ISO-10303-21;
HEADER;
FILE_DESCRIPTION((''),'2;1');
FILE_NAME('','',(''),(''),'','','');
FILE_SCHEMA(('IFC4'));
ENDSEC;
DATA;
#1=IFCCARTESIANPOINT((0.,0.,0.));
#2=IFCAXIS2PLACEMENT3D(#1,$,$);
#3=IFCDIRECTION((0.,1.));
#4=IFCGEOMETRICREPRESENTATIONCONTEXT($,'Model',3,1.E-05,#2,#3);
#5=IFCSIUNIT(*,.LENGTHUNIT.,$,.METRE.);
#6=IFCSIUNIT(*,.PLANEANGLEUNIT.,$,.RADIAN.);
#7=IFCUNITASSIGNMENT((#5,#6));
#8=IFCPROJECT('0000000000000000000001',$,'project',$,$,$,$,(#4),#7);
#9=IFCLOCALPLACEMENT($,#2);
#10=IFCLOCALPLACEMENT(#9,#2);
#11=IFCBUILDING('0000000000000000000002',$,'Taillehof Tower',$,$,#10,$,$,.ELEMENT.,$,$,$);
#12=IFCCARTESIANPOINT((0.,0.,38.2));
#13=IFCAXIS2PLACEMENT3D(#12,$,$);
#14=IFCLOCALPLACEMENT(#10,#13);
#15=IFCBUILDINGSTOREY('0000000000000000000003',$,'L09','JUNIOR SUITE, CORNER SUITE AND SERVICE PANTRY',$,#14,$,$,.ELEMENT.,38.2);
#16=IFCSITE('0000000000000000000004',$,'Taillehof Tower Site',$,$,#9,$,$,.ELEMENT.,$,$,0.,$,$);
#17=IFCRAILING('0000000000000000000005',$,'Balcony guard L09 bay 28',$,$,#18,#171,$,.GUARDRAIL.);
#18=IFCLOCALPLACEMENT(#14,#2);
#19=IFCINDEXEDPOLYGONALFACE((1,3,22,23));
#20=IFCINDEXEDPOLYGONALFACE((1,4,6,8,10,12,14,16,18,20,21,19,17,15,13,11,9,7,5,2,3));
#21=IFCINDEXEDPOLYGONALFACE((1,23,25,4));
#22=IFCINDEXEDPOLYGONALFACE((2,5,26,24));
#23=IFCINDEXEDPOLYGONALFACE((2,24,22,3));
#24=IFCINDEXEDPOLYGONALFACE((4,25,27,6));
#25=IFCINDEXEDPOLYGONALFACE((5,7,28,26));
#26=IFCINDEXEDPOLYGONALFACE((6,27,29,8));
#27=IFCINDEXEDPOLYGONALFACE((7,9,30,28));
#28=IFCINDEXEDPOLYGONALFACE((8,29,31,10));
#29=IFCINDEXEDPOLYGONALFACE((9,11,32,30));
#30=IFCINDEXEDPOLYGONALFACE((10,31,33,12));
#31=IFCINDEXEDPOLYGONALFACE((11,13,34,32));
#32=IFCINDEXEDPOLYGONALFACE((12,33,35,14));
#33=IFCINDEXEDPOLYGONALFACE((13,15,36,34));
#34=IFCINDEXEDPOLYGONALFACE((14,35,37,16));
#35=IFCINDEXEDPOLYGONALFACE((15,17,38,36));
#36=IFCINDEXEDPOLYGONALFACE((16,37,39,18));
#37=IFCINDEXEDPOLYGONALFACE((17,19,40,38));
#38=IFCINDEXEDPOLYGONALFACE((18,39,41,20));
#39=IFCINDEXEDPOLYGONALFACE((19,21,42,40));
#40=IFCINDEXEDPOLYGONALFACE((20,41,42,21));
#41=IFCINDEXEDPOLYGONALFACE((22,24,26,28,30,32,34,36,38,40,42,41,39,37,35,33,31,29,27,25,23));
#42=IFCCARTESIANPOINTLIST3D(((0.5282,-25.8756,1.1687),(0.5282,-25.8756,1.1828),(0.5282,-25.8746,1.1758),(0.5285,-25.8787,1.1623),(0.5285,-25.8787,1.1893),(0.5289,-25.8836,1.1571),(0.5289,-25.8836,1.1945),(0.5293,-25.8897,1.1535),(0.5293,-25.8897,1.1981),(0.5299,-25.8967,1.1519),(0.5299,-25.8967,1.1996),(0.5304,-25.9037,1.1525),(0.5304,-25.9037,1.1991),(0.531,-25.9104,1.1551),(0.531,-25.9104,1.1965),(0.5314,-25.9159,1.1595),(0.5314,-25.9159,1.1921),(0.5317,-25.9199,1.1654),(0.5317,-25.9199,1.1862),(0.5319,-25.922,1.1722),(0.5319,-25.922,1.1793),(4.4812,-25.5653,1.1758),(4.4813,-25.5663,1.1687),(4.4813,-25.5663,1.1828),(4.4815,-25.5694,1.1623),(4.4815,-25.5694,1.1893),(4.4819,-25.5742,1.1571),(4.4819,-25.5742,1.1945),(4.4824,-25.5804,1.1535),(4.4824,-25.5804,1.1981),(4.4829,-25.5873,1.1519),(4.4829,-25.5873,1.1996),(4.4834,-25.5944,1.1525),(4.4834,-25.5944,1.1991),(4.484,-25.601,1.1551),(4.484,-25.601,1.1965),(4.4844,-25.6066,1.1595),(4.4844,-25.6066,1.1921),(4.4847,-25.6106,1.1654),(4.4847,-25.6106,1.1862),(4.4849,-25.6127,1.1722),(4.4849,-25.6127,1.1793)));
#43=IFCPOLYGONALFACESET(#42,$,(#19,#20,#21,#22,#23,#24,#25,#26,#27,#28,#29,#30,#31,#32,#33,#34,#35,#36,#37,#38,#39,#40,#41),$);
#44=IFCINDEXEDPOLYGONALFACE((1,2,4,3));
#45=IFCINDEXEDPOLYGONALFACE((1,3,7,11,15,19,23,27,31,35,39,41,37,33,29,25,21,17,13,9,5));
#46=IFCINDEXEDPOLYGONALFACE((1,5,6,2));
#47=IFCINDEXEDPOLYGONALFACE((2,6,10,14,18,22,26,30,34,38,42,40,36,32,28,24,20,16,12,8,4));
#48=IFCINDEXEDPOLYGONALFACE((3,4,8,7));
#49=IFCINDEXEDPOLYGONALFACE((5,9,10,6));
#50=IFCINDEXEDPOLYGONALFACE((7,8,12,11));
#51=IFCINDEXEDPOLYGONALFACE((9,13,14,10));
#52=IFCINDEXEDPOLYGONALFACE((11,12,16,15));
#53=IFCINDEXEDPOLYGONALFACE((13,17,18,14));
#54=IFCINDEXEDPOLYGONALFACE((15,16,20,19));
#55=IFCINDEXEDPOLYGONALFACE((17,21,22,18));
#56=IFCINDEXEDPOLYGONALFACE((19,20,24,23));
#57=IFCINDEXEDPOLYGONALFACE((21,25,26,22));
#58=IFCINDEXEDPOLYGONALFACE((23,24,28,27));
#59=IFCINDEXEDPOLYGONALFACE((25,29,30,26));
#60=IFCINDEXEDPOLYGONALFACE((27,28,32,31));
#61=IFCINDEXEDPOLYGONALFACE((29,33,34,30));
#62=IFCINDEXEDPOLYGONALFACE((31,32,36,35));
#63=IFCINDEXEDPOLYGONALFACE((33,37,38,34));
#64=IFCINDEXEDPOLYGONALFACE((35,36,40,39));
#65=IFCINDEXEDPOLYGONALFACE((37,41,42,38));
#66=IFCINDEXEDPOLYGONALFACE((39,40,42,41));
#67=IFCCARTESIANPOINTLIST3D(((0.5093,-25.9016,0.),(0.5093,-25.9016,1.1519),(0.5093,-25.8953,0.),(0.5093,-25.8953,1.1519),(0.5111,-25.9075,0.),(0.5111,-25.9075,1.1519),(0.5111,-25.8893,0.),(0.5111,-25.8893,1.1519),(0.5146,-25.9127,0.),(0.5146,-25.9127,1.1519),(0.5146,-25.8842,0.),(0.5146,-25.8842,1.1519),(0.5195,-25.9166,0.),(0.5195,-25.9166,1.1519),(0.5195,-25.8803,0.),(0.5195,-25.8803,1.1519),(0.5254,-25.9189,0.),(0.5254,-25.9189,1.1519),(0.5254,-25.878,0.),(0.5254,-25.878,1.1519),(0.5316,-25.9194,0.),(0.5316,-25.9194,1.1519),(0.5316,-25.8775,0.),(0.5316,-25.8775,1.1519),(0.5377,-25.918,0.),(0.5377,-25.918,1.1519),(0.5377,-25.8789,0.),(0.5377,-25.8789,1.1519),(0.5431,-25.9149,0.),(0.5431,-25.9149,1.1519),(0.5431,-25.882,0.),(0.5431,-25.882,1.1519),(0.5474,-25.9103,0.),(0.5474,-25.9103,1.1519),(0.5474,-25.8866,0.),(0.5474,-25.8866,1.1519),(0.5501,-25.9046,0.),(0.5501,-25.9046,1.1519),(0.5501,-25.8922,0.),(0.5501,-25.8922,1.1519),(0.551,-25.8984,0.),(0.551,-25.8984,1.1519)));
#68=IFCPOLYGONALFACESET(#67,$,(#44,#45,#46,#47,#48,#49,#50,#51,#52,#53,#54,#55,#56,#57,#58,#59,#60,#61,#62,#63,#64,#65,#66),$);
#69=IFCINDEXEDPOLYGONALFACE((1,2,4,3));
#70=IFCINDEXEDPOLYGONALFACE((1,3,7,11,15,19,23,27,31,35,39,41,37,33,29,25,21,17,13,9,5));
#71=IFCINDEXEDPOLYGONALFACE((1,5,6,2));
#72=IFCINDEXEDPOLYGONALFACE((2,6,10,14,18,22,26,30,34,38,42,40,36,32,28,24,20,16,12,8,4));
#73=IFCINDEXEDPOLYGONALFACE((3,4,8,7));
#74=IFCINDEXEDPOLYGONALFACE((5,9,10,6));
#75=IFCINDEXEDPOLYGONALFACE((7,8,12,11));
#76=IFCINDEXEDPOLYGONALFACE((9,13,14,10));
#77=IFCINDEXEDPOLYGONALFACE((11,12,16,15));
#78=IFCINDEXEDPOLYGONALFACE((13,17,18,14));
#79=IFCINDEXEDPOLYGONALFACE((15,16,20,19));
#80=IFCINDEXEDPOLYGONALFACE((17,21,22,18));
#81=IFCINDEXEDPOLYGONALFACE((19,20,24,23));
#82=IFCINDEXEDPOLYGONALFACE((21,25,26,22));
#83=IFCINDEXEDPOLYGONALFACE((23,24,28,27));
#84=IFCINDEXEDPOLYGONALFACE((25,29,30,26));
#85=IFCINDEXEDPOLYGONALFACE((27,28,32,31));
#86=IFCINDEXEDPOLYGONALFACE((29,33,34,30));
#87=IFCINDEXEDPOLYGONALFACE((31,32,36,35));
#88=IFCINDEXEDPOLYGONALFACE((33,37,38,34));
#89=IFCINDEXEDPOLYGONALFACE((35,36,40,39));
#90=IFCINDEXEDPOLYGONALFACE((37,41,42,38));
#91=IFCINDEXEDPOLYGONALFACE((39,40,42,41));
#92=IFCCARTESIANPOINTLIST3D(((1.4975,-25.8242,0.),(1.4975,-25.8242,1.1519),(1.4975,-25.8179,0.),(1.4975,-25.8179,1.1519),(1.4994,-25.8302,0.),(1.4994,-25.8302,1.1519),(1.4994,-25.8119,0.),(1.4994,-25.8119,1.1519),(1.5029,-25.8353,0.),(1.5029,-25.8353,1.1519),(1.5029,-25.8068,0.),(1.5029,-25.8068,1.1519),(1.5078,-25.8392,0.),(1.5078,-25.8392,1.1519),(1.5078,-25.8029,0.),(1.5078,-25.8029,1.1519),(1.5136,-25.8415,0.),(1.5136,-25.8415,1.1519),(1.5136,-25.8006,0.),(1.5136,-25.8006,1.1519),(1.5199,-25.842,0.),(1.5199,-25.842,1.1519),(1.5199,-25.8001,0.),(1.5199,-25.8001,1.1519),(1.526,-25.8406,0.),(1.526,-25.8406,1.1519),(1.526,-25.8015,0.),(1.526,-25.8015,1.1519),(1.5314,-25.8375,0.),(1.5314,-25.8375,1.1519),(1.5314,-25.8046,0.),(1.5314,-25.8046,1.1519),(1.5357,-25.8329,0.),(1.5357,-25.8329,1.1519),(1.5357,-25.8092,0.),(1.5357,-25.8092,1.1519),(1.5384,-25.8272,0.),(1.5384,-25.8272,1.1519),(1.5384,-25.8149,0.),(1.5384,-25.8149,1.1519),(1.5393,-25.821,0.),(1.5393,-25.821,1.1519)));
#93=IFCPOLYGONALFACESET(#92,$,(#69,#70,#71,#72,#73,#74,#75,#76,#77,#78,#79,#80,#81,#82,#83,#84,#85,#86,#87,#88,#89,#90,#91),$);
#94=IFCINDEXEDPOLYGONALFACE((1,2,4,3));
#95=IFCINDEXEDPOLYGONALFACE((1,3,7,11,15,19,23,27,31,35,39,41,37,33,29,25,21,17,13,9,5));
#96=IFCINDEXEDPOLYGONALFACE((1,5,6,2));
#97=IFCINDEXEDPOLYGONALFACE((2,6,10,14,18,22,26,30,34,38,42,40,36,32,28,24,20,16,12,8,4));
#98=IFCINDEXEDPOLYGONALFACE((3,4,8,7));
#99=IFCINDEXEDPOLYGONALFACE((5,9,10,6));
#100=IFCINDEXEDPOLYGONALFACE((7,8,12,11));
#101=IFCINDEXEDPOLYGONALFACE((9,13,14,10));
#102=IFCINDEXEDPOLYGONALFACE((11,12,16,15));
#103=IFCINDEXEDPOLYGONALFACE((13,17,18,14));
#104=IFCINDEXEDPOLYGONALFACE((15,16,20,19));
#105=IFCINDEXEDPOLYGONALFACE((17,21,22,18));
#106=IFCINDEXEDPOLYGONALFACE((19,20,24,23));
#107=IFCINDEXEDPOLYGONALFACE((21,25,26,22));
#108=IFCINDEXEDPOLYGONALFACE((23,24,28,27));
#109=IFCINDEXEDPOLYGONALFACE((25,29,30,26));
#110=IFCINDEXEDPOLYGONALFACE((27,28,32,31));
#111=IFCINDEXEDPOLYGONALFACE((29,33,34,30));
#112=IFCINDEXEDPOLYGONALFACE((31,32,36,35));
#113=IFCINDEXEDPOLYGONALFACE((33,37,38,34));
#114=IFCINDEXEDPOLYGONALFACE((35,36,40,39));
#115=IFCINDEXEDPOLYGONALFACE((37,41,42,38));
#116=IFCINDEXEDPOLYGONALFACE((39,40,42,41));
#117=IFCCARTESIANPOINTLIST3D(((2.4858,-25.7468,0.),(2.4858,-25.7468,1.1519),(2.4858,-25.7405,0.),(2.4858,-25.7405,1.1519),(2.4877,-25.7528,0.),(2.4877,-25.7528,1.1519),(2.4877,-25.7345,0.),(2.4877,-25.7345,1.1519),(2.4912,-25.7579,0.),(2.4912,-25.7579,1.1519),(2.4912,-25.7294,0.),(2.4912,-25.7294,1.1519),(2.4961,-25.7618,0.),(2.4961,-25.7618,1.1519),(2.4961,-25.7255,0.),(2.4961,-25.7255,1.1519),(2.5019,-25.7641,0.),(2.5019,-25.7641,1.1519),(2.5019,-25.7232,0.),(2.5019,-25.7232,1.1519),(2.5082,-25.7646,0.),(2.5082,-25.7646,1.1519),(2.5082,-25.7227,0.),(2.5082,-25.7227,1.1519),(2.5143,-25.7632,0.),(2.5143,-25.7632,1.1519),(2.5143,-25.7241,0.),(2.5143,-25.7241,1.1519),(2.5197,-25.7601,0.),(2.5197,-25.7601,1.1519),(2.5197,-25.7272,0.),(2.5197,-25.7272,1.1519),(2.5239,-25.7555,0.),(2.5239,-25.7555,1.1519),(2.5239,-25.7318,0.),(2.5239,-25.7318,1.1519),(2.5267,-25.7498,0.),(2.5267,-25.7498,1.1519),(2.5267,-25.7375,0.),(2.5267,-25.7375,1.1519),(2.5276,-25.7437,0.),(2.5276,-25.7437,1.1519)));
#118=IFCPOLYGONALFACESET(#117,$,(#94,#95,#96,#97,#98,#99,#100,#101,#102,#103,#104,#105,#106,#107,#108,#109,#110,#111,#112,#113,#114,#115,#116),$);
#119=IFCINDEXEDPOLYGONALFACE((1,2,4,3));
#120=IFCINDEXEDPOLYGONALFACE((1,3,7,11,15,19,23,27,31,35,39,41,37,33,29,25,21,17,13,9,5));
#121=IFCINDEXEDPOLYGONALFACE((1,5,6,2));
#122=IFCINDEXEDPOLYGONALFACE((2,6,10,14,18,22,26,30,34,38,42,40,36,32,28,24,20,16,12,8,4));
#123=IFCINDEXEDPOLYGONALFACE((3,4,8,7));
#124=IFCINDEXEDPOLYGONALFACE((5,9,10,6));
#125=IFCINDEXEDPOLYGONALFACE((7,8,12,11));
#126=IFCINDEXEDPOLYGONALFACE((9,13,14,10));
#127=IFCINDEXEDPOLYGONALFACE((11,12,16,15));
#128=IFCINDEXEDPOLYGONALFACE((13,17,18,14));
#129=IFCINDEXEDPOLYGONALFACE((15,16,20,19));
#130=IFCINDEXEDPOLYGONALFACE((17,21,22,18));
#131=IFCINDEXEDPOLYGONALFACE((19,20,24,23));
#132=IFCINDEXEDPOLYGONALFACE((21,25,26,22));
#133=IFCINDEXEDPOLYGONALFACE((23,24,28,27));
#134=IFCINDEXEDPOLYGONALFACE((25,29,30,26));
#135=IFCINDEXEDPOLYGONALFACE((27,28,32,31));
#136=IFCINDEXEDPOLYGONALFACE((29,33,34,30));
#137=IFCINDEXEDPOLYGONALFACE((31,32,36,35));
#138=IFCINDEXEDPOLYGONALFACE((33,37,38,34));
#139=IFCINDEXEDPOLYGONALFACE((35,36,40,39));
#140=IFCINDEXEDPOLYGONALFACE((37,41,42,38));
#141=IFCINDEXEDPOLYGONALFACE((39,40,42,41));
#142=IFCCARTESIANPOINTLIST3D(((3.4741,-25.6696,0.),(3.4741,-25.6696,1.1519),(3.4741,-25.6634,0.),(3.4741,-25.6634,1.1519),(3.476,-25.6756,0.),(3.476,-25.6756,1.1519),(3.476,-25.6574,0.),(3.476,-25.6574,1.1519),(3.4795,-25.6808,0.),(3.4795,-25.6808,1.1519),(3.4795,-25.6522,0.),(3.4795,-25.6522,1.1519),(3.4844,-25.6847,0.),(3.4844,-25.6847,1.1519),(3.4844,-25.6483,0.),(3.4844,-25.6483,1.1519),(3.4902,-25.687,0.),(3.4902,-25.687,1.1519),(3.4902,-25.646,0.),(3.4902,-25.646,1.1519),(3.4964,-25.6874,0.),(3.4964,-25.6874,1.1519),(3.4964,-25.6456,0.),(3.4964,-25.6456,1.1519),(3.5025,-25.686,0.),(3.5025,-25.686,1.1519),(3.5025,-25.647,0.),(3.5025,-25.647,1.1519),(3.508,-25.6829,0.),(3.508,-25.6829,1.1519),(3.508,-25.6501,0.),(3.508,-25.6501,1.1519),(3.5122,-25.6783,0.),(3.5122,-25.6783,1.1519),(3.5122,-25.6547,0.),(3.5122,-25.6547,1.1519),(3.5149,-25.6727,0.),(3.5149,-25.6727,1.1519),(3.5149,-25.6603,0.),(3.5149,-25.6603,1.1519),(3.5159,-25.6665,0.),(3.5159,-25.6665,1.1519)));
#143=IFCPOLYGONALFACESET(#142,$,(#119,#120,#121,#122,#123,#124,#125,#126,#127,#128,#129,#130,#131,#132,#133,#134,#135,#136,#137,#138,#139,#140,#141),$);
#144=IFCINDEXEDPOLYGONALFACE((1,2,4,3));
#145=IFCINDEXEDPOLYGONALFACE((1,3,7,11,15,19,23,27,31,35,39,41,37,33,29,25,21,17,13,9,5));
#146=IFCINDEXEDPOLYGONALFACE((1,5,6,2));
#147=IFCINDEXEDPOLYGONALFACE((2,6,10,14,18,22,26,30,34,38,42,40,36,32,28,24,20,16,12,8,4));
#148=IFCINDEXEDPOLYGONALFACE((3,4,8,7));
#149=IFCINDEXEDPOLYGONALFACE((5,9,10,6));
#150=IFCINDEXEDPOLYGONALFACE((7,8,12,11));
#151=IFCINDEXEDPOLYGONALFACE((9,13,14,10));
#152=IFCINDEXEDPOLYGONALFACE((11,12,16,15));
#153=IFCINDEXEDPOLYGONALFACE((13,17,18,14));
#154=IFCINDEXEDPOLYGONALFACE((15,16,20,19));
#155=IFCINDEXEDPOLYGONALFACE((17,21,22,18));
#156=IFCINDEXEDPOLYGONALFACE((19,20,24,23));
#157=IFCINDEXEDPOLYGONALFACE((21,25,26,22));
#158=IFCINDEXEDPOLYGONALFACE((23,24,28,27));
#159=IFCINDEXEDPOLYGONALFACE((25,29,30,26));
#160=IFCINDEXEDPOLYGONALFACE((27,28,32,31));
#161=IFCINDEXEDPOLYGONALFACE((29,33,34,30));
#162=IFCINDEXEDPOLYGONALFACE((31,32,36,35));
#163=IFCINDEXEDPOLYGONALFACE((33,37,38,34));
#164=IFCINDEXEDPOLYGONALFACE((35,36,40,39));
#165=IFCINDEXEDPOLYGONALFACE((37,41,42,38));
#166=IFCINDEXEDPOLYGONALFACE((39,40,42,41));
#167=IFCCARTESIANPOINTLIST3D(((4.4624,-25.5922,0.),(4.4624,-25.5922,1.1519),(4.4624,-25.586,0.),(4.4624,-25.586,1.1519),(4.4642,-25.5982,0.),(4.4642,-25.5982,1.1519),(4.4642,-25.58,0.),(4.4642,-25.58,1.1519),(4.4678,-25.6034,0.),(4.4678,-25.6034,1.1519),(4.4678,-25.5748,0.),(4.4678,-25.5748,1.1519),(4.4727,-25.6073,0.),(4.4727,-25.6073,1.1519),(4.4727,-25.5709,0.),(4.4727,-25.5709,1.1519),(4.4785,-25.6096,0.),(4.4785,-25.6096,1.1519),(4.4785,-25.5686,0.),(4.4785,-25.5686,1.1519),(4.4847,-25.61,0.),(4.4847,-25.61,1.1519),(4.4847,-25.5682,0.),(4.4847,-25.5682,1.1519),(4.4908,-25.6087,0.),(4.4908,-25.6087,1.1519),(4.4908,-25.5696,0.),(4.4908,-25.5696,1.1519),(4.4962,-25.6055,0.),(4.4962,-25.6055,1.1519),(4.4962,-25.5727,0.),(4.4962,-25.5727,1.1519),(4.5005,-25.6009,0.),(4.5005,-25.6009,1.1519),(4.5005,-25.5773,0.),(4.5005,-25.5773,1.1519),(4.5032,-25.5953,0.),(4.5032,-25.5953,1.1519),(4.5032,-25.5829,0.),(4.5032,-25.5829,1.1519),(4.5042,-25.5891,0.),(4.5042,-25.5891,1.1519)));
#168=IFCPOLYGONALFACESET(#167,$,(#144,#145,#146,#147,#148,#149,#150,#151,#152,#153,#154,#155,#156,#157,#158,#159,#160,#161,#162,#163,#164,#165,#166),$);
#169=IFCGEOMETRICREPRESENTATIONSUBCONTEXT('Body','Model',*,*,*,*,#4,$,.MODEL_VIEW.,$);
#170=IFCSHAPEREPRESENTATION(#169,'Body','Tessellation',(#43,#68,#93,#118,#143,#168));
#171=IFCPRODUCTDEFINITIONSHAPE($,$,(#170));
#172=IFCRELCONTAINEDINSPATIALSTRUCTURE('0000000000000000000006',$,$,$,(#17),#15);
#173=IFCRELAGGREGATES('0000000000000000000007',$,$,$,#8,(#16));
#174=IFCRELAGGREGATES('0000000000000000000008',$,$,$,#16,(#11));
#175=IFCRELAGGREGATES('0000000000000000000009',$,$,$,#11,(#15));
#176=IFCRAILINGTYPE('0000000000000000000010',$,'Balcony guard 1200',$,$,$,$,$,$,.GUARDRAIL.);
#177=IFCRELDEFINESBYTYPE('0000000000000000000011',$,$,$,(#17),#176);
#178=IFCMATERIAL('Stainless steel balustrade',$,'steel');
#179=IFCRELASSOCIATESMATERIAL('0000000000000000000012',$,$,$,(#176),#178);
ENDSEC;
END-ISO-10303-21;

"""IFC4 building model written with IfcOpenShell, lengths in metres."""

from ifc_helpers import new_model, si_unit, direction, frame, origin, origin_2d, place, context, subcontext, project, spatial, circle, extrude, material, type_object, element, save


model = new_model("IFC4")

# Units and contexts
model_context = context("Model", 3, precision=1e-05, world=origin(), true_north=direction((0.0, 1.0)))
body_context = subcontext(model_context, "Body", "Model", "MODEL_VIEW")
ifc_project = project(units=[si_unit("LENGTHUNIT", "METRE"), si_unit("PLANEANGLEUNIT", "RADIAN")], contexts=[model_context])

# Site, building, storey
site_placement = place(None, origin())
site = spatial("IfcSite", under=ifc_project, at=site_placement, Name="Taillehof Tower Site", CompositionType="ELEMENT", RefElevation=0.0)
building_placement = place(site_placement, origin())
building = spatial("IfcBuilding", under=site, at=building_placement, Name="Taillehof Tower", CompositionType="ELEMENT")
storey_placement = place(building_placement, frame((0.0, 0.0, 38.2)))
storey = spatial("IfcBuildingStorey", under=building, at=storey_placement, Name="L09", Description="JUNIOR SUITE, CORNER SUITE AND SERVICE PANTRY", CompositionType="ELEMENT", Elevation=38.2)

# Railing
ifc_material_1 = material(Name="Stainless steel balustrade", Category="steel")
railing_type = type_object("IfcRailingType", Name="Balcony guard 1200", PredefinedType="GUARDRAIL", material=ifc_material_1)
railing_1_placement = place(storey_placement, frame((0.53, -25.8984, 0.0)))
element("IfcRailing", 1, at=railing_1_placement, inside=storey, type_object=railing_type, Name="Balcony guard L09 bay 28", PredefinedType="GUARDRAIL", context=body_context, shape_type="SweptSolid", body=[
    extrude(circle(Radius=0.0239, at=origin_2d()), frame((0.0, 0.0, 1.1758), z_axis=(0.996953, 0.07801, 0.0), x_axis=(-0.07801, 0.996953, 0.0)), (0.0, 0.0, 1.0), 3.9651),
    extrude(circle(Radius=0.021, at=origin_2d()), origin(), (0.0, 0.0, 1.0), 1.1519),
    extrude(circle(Radius=0.021, at=origin_2d()), frame((0.9883, 0.0774, 0.0)), (0.0, 0.0, 1.0), 1.1519),
    extrude(circle(Radius=0.021, at=origin_2d()), frame((1.9766, 0.1548, 0.0)), (0.0, 0.0, 1.0), 1.1519),
    extrude(circle(Radius=0.021, at=origin_2d()), frame((2.9648, 0.2319, 0.0)), (0.0, 0.0, 1.0), 1.1519),
    extrude(circle(Radius=0.021, at=origin_2d()), frame((3.9531, 0.3093, 0.0)), (0.0, 0.0, 1.0), 1.1519),
])

save(model, "model.ifc")
